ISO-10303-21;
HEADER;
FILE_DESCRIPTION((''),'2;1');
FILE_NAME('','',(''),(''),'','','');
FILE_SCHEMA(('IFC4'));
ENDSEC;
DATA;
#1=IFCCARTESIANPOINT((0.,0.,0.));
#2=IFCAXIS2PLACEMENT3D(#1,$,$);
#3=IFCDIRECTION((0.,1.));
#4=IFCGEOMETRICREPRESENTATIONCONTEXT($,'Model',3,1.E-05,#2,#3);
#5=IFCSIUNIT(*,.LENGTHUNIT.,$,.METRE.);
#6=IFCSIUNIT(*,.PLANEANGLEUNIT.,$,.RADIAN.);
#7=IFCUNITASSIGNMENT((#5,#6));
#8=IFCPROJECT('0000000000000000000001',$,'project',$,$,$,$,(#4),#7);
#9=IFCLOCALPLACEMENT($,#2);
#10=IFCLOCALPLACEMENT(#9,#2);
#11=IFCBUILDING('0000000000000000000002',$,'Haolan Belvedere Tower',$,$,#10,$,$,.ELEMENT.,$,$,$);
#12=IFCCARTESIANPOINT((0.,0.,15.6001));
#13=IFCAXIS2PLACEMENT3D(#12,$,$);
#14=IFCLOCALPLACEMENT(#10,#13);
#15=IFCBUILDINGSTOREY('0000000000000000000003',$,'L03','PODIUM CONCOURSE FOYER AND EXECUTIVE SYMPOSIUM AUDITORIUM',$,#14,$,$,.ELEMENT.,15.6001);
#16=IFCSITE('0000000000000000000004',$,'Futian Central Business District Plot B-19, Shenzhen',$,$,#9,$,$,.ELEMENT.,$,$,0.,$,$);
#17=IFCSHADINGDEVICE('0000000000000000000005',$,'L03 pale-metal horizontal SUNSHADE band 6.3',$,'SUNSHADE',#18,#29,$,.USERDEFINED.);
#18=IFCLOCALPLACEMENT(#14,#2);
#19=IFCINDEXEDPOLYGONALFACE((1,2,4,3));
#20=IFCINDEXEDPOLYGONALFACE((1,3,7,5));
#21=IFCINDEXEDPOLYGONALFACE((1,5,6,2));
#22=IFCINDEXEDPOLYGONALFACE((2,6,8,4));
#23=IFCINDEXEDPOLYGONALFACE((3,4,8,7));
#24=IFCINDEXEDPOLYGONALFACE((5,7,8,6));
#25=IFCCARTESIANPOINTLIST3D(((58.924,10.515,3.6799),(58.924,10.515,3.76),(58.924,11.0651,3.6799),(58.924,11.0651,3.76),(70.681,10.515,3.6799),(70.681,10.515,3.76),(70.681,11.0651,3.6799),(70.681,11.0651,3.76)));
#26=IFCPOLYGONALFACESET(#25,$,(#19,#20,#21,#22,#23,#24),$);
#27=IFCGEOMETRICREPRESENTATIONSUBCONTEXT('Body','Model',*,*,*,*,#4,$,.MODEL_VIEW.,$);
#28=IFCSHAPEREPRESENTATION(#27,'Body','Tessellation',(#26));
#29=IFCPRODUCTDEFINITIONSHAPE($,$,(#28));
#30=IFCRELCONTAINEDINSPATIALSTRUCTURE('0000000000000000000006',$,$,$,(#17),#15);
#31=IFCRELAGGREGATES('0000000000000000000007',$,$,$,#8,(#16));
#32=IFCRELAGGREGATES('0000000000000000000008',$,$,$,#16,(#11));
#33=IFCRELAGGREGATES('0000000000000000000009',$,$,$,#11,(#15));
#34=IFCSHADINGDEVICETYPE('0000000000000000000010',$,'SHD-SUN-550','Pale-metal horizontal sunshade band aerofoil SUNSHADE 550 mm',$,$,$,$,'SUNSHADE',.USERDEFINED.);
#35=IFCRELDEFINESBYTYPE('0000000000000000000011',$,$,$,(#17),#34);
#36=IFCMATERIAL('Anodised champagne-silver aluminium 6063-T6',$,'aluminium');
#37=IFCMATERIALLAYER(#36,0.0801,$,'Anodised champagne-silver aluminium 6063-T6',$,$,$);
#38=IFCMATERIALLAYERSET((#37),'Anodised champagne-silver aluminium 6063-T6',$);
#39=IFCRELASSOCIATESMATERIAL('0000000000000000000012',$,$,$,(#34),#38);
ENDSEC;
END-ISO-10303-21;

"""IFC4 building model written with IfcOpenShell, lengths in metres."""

from ifc_helpers import new_model, si_unit, direction, frame, origin, origin_2d, place, context, subcontext, project, spatial, rectangle, extrude, material, layer, layer_set, type_object, element, save


model = new_model("IFC4")

# Units and contexts
model_context = context("Model", 3, precision=1e-05, world=origin(), true_north=direction((0.0, 1.0)))
body_context = subcontext(model_context, "Body", "Model", "MODEL_VIEW")
ifc_project = project(units=[si_unit("LENGTHUNIT", "METRE"), si_unit("PLANEANGLEUNIT", "RADIAN")], contexts=[model_context])

# Site, building, storey
site_placement = place(None, origin())
site = spatial("IfcSite", under=ifc_project, at=site_placement, Name="Futian Central Business District Plot B-19, Shenzhen", CompositionType="ELEMENT", RefElevation=0.0)
building_placement = place(site_placement, origin())
building = spatial("IfcBuilding", under=site, at=building_placement, Name="Haolan Belvedere Tower", CompositionType="ELEMENT")
storey_placement = place(building_placement, frame((0.0, 0.0, 15.6001)))
storey = spatial("IfcBuildingStorey", under=building, at=storey_placement, Name="L03", Description="PODIUM CONCOURSE FOYER AND EXECUTIVE SYMPOSIUM AUDITORIUM", CompositionType="ELEMENT", Elevation=15.6001)

# Shading device
ifc_material_1 = material(Name="Anodised champagne-silver aluminium 6063-T6", Category="aluminium")
ifc_layer_1 = layer(ifc_material_1, 0.0801, Name="Anodised champagne-silver aluminium 6063-T6")
ifc_layer_set_1 = layer_set([ifc_layer_1], Name="Anodised champagne-silver aluminium 6063-T6")
shading_device_type = type_object("IfcShadingDeviceType", Name="SHD-SUN-550", Description="Pale-metal horizontal sunshade band aerofoil SUNSHADE 550 mm", ElementType="SUNSHADE", PredefinedType="USERDEFINED", material=ifc_layer_set_1)
shading_device_placement = place(storey_placement, frame((64.8025, 10.79, 3.6799), z_axis=(0.0, 0.0, 1.0), x_axis=(1.0, 0.0, 0.0)))
element("IfcShadingDevice", 1, at=shading_device_placement, inside=storey, type_object=shading_device_type, Name="L03 pale-metal horizontal SUNSHADE band 6.3", ObjectType="SUNSHADE", PredefinedType="USERDEFINED", context=body_context, shape_type="SweptSolid", body=[
    extrude(rectangle(XDim=11.7571, YDim=0.55, at=origin_2d()), origin(), (0.0, 0.0, 1.0), 0.0801),
])

save(model, "model.ifc")
